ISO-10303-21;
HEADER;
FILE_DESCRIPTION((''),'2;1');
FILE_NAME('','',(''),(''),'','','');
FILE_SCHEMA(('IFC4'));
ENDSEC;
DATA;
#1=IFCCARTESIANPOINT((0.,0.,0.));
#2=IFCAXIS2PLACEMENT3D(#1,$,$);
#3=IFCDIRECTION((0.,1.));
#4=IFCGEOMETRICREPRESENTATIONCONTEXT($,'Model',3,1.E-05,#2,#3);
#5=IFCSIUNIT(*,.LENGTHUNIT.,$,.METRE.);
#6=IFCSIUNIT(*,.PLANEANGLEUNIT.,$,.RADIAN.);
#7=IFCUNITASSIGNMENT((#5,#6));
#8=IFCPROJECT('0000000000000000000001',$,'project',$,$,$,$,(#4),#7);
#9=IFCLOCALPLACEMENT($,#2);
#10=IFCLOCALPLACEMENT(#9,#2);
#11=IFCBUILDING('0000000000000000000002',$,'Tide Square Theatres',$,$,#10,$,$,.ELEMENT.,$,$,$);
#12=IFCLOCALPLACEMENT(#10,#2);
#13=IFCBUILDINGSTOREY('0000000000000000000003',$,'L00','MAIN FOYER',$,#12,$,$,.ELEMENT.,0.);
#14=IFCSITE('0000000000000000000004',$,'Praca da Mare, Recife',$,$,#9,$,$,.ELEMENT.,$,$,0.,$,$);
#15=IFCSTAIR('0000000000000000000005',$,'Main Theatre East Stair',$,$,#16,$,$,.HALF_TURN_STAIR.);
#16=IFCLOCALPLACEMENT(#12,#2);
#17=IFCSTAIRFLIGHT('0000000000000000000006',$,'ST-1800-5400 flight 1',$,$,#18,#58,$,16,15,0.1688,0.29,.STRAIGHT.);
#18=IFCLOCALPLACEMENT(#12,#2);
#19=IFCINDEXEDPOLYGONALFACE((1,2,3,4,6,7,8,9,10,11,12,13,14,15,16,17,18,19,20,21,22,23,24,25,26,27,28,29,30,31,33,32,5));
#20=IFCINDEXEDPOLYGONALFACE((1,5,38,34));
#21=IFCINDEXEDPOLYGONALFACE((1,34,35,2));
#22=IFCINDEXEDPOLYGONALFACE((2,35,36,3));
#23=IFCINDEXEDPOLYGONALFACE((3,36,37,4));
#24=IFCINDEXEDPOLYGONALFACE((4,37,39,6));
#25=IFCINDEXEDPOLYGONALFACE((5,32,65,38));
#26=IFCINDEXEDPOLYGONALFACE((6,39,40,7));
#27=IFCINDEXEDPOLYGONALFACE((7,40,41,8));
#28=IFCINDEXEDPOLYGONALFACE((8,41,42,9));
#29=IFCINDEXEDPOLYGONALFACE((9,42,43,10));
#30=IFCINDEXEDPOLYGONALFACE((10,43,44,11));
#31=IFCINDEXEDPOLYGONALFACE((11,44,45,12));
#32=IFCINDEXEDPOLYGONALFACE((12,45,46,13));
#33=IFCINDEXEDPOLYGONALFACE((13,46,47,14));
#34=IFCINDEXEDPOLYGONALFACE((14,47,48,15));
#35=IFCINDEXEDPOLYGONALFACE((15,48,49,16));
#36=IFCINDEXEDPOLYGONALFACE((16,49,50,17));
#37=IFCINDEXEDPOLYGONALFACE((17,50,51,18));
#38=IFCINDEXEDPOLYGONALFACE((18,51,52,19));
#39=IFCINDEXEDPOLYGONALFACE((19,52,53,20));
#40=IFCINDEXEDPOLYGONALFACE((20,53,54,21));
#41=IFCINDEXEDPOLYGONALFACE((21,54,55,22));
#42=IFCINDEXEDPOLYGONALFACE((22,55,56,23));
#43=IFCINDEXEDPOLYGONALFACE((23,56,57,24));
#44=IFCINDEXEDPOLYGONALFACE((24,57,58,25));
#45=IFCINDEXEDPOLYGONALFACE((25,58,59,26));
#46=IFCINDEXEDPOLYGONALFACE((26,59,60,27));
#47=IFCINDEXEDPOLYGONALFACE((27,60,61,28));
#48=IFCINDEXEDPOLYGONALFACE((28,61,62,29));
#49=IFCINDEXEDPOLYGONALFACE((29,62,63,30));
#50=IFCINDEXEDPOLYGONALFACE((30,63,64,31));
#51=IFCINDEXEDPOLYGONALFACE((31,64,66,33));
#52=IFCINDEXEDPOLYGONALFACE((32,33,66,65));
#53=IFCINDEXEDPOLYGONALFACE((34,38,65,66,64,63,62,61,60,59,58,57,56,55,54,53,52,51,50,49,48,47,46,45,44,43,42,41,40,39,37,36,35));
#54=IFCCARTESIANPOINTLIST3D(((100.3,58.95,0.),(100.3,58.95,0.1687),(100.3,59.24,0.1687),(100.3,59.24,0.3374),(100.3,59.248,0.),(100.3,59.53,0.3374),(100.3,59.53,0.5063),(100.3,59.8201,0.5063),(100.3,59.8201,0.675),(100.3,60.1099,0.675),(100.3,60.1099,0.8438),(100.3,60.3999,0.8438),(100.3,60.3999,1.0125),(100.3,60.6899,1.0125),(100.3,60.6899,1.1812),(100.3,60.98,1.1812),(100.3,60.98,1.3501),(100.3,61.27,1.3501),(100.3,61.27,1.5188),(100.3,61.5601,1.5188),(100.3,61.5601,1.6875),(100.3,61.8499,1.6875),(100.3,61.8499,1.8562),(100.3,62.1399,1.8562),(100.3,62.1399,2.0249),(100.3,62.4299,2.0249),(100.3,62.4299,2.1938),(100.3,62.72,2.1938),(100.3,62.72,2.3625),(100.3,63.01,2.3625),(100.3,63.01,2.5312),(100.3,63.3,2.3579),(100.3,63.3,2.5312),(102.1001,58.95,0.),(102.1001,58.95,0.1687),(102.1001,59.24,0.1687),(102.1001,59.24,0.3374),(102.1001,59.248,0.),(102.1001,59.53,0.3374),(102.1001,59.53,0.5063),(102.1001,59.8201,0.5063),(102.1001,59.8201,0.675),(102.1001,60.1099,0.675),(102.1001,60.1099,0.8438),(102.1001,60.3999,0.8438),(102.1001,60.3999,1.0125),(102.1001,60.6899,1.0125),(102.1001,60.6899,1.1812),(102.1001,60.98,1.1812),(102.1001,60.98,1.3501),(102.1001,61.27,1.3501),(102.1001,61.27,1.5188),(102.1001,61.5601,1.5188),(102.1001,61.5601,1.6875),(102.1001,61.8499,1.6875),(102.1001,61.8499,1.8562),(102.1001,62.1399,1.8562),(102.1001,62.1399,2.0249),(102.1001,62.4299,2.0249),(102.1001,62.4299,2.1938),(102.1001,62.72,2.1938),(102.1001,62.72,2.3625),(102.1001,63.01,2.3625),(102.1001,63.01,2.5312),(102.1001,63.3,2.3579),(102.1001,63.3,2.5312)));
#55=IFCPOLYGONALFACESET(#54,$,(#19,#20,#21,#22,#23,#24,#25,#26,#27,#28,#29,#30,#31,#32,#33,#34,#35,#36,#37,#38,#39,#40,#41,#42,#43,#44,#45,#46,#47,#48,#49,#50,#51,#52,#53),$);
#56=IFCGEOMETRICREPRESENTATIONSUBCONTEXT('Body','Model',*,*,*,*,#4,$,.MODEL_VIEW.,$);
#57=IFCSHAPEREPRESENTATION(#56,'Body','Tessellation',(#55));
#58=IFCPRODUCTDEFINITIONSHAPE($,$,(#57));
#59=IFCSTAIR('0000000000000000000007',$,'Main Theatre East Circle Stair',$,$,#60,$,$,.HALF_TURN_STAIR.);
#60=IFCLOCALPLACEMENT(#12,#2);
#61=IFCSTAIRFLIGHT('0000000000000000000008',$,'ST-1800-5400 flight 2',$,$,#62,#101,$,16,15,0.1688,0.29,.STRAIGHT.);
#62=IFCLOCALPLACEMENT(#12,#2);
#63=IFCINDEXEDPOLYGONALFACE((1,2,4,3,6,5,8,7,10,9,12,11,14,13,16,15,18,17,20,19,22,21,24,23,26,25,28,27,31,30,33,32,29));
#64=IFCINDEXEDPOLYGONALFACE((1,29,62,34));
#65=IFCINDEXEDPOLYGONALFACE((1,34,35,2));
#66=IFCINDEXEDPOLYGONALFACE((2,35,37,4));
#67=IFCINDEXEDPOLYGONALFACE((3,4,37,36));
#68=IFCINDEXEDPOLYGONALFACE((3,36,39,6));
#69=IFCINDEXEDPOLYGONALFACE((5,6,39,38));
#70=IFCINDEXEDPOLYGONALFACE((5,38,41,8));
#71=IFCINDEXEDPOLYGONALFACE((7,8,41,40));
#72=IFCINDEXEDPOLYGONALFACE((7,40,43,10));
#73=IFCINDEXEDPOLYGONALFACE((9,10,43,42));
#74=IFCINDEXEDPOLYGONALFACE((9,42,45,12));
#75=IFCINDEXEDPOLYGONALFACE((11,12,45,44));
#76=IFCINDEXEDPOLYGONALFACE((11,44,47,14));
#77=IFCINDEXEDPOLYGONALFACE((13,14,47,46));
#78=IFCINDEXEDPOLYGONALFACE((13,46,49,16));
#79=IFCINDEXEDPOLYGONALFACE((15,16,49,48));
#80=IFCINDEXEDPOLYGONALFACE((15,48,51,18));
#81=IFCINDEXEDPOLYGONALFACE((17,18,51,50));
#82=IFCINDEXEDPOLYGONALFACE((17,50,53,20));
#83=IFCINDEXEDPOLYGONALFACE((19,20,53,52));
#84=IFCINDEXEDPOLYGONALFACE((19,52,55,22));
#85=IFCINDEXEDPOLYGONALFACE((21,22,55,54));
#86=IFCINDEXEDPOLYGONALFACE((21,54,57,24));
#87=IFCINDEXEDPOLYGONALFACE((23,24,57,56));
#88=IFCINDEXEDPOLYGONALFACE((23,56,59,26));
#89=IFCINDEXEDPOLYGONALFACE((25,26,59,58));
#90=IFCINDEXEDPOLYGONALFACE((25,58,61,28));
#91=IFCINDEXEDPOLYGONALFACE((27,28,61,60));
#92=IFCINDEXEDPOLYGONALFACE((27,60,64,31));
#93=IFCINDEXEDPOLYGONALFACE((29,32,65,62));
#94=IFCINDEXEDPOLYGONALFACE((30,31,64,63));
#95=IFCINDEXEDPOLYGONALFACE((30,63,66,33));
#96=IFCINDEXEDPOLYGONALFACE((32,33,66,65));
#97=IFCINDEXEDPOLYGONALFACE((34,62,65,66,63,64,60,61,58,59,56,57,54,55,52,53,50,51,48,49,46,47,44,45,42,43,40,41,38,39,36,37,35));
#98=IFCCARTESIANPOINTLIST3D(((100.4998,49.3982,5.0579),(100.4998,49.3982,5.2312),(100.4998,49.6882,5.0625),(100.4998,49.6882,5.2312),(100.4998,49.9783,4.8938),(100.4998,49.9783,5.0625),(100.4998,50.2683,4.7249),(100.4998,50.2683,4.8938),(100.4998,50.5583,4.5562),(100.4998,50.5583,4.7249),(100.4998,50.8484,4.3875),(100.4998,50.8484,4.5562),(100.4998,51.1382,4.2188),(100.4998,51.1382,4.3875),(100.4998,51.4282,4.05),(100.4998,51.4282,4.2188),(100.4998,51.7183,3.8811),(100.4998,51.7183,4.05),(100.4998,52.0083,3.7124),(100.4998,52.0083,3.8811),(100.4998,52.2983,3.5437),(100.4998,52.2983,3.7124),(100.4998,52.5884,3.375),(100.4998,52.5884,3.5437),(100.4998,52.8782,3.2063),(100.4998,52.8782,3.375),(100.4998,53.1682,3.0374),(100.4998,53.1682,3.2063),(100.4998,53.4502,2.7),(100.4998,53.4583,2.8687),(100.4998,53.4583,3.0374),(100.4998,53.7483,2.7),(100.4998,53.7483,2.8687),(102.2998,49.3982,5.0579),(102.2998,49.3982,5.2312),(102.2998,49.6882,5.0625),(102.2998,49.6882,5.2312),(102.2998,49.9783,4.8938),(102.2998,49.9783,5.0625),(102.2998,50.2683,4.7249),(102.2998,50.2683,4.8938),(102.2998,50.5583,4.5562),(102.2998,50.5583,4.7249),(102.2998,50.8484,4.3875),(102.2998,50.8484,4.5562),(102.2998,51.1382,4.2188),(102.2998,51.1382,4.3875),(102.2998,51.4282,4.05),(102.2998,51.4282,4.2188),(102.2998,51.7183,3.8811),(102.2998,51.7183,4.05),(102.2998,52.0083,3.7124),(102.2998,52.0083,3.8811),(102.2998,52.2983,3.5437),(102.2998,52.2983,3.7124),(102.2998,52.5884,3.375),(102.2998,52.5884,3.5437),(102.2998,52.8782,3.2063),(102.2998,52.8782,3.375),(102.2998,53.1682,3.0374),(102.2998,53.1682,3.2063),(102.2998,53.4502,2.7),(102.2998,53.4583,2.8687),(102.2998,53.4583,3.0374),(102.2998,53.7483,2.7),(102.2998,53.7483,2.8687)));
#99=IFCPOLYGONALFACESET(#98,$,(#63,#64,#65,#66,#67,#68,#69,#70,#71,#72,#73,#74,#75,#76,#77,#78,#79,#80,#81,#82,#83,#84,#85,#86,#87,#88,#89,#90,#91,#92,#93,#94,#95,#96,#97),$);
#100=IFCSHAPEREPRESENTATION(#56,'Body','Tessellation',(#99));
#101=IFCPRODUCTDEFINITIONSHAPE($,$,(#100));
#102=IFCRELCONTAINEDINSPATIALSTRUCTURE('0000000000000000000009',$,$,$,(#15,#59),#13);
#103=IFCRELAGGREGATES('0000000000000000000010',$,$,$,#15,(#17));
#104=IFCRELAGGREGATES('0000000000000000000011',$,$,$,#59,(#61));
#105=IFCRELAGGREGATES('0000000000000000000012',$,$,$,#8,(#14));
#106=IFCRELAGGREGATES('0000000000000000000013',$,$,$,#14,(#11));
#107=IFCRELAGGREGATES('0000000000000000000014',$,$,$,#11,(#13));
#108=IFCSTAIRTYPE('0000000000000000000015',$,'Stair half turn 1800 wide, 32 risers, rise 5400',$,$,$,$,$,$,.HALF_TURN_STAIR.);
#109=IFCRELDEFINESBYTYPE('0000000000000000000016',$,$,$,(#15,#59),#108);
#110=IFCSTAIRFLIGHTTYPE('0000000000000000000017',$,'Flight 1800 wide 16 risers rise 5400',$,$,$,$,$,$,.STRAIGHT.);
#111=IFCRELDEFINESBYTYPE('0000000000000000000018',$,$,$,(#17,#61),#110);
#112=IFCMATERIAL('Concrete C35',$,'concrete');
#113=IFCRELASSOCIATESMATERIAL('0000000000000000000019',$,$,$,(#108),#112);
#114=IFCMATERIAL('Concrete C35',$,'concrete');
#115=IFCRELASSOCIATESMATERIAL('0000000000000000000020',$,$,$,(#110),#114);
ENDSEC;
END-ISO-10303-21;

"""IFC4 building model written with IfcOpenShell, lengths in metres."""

from ifc_helpers import new_model, si_unit, direction, frame, origin, place, context, subcontext, project, spatial, polyline, outline, extrude, material, type_object, element, aggregate, save


model = new_model("IFC4")

# Units and contexts
model_context = context("Model", 3, precision=1e-05, world=origin(), true_north=direction((0.0, 1.0)))
body_context = subcontext(model_context, "Body", "Model", "MODEL_VIEW")
ifc_project = project(units=[si_unit("LENGTHUNIT", "METRE"), si_unit("PLANEANGLEUNIT", "RADIAN")], contexts=[model_context])

# Site, building, storey
site_placement = place(None, origin())
site = spatial("IfcSite", under=ifc_project, at=site_placement, Name="Praca da Mare, Recife", CompositionType="ELEMENT", RefElevation=0.0)
building_placement = place(site_placement, origin())
building = spatial("IfcBuilding", under=site, at=building_placement, Name="Tide Square Theatres", CompositionType="ELEMENT")
storey_placement = place(building_placement, origin())
storey = spatial("IfcBuildingStorey", under=building, at=storey_placement, Name="L00", Description="MAIN FOYER", CompositionType="ELEMENT", Elevation=0.0)

# Stairs, stair flights
ifc_material_1 = material(Name="Concrete C35", Category="concrete")
stair_type = type_object("IfcStairType", Name="Stair half turn 1800 wide, 32 risers, rise 5400", PredefinedType="HALF_TURN_STAIR", material=ifc_material_1)
stair_1_placement = place(storey_placement, origin())
stair_1 = element("IfcStair", 1, at=stair_1_placement, inside=storey, type_object=stair_type, Name="Main Theatre East Stair", PredefinedType="HALF_TURN_STAIR")
ifc_material_2 = material(Name="Concrete C35", Category="concrete")
stair_flight_type = type_object("IfcStairFlightType", Name="Flight 1800 wide 16 risers rise 5400", PredefinedType="STRAIGHT", material=ifc_material_2)
stair_flight_1_placement = place(storey_placement, frame((101.2, 58.95, 0.0), z_axis=(0.0, 0.0, 1.0), x_axis=(0.0, 1.0, 0.0)))
stair_flight_1 = element("IfcStairFlight", 2, at=stair_flight_1_placement, type_object=stair_flight_type, Name="ST-1800-5400 flight 1", NumberOfRisers=16, NumberOfTreads=15, PredefinedType="STRAIGHT", RiserHeight=0.1688, TreadLength=0.29, context=body_context, shape_type="SweptSolid", body=[
    extrude(outline(polyline([(0.0, 0.0), (0.0, 0.1687), (0.29, 0.1687), (0.29, 0.3374), (0.5801, 0.3374), (0.5801, 0.5063), (0.8701, 0.5063), (0.8701, 0.675), (1.1599, 0.675), (1.1599, 0.8438), (1.45, 0.8438), (1.45, 1.0125), (1.74, 1.0125), (1.74, 1.1812), (2.03, 1.1812), (2.03, 1.3501), (2.3201, 1.3501), (2.3201, 1.5188), (2.6101, 1.5188), (2.6101, 1.6875), (2.8999, 1.6875), (2.8999, 1.8562), (3.1899, 1.8562), (3.1899, 2.0249), (3.48, 2.0249), (3.48, 2.1938), (3.77, 2.1938), (3.77, 2.3625), (4.0601, 2.3625), (4.0601, 2.5312), (4.3501, 2.5312), (4.3501, 2.7), (4.3501, 2.3579), (0.2981, 0.0), (0.0, 0.0)])), frame((0.0, 0.8999, 0.0), z_axis=(0.0, -1.0, 0.0), x_axis=(1.0, 0.0, 0.0)), (0.0, 0.0, 1.0), 1.8),
])
aggregate(stair_1, [stair_flight_1])
stair_2_placement = place(storey_placement, origin())
stair_2 = element("IfcStair", 3, at=stair_2_placement, inside=storey, type_object=stair_type, Name="Main Theatre East Circle Stair", PredefinedType="HALF_TURN_STAIR")
stair_flight_2_placement = place(storey_placement, frame((101.3999, 53.7483, 2.7), z_axis=(0.0, 0.0, 1.0), x_axis=(0.0, -1.0, 0.0)))
stair_flight_2 = element("IfcStairFlight", 4, at=stair_flight_2_placement, type_object=stair_flight_type, Name="ST-1800-5400 flight 2", NumberOfRisers=16, NumberOfTreads=15, PredefinedType="STRAIGHT", RiserHeight=0.1688, TreadLength=0.29, context=body_context, shape_type="SweptSolid", body=[
    extrude(outline(polyline([(0.0, 0.0), (0.0, 0.1687), (0.29, 0.1687), (0.29, 0.3374), (0.5801, 0.3374), (0.5801, 0.5063), (0.8701, 0.5063), (0.8701, 0.675), (1.1599, 0.675), (1.1599, 0.8438), (1.45, 0.8438), (1.45, 1.0125), (1.74, 1.0125), (1.74, 1.1812), (2.03, 1.1812), (2.03, 1.3501), (2.3201, 1.3501), (2.3201, 1.5188), (2.6101, 1.5188), (2.6101, 1.6875), (2.8999, 1.6875), (2.8999, 1.8562), (3.1899, 1.8562), (3.1899, 2.0249), (3.48, 2.0249), (3.48, 2.1938), (3.77, 2.1938), (3.77, 2.3625), (4.0601, 2.3625), (4.0601, 2.5312), (4.3501, 2.5312), (4.3501, 2.7), (4.3501, 2.3579), (0.2981, 0.0), (0.0, 0.0)])), frame((0.0, 0.8999, 0.0), z_axis=(0.0, -1.0, 0.0), x_axis=(1.0, 0.0, 0.0)), (0.0, 0.0, 1.0), 1.8),
])
aggregate(stair_2, [stair_flight_2])

save(model, "model.ifc")
